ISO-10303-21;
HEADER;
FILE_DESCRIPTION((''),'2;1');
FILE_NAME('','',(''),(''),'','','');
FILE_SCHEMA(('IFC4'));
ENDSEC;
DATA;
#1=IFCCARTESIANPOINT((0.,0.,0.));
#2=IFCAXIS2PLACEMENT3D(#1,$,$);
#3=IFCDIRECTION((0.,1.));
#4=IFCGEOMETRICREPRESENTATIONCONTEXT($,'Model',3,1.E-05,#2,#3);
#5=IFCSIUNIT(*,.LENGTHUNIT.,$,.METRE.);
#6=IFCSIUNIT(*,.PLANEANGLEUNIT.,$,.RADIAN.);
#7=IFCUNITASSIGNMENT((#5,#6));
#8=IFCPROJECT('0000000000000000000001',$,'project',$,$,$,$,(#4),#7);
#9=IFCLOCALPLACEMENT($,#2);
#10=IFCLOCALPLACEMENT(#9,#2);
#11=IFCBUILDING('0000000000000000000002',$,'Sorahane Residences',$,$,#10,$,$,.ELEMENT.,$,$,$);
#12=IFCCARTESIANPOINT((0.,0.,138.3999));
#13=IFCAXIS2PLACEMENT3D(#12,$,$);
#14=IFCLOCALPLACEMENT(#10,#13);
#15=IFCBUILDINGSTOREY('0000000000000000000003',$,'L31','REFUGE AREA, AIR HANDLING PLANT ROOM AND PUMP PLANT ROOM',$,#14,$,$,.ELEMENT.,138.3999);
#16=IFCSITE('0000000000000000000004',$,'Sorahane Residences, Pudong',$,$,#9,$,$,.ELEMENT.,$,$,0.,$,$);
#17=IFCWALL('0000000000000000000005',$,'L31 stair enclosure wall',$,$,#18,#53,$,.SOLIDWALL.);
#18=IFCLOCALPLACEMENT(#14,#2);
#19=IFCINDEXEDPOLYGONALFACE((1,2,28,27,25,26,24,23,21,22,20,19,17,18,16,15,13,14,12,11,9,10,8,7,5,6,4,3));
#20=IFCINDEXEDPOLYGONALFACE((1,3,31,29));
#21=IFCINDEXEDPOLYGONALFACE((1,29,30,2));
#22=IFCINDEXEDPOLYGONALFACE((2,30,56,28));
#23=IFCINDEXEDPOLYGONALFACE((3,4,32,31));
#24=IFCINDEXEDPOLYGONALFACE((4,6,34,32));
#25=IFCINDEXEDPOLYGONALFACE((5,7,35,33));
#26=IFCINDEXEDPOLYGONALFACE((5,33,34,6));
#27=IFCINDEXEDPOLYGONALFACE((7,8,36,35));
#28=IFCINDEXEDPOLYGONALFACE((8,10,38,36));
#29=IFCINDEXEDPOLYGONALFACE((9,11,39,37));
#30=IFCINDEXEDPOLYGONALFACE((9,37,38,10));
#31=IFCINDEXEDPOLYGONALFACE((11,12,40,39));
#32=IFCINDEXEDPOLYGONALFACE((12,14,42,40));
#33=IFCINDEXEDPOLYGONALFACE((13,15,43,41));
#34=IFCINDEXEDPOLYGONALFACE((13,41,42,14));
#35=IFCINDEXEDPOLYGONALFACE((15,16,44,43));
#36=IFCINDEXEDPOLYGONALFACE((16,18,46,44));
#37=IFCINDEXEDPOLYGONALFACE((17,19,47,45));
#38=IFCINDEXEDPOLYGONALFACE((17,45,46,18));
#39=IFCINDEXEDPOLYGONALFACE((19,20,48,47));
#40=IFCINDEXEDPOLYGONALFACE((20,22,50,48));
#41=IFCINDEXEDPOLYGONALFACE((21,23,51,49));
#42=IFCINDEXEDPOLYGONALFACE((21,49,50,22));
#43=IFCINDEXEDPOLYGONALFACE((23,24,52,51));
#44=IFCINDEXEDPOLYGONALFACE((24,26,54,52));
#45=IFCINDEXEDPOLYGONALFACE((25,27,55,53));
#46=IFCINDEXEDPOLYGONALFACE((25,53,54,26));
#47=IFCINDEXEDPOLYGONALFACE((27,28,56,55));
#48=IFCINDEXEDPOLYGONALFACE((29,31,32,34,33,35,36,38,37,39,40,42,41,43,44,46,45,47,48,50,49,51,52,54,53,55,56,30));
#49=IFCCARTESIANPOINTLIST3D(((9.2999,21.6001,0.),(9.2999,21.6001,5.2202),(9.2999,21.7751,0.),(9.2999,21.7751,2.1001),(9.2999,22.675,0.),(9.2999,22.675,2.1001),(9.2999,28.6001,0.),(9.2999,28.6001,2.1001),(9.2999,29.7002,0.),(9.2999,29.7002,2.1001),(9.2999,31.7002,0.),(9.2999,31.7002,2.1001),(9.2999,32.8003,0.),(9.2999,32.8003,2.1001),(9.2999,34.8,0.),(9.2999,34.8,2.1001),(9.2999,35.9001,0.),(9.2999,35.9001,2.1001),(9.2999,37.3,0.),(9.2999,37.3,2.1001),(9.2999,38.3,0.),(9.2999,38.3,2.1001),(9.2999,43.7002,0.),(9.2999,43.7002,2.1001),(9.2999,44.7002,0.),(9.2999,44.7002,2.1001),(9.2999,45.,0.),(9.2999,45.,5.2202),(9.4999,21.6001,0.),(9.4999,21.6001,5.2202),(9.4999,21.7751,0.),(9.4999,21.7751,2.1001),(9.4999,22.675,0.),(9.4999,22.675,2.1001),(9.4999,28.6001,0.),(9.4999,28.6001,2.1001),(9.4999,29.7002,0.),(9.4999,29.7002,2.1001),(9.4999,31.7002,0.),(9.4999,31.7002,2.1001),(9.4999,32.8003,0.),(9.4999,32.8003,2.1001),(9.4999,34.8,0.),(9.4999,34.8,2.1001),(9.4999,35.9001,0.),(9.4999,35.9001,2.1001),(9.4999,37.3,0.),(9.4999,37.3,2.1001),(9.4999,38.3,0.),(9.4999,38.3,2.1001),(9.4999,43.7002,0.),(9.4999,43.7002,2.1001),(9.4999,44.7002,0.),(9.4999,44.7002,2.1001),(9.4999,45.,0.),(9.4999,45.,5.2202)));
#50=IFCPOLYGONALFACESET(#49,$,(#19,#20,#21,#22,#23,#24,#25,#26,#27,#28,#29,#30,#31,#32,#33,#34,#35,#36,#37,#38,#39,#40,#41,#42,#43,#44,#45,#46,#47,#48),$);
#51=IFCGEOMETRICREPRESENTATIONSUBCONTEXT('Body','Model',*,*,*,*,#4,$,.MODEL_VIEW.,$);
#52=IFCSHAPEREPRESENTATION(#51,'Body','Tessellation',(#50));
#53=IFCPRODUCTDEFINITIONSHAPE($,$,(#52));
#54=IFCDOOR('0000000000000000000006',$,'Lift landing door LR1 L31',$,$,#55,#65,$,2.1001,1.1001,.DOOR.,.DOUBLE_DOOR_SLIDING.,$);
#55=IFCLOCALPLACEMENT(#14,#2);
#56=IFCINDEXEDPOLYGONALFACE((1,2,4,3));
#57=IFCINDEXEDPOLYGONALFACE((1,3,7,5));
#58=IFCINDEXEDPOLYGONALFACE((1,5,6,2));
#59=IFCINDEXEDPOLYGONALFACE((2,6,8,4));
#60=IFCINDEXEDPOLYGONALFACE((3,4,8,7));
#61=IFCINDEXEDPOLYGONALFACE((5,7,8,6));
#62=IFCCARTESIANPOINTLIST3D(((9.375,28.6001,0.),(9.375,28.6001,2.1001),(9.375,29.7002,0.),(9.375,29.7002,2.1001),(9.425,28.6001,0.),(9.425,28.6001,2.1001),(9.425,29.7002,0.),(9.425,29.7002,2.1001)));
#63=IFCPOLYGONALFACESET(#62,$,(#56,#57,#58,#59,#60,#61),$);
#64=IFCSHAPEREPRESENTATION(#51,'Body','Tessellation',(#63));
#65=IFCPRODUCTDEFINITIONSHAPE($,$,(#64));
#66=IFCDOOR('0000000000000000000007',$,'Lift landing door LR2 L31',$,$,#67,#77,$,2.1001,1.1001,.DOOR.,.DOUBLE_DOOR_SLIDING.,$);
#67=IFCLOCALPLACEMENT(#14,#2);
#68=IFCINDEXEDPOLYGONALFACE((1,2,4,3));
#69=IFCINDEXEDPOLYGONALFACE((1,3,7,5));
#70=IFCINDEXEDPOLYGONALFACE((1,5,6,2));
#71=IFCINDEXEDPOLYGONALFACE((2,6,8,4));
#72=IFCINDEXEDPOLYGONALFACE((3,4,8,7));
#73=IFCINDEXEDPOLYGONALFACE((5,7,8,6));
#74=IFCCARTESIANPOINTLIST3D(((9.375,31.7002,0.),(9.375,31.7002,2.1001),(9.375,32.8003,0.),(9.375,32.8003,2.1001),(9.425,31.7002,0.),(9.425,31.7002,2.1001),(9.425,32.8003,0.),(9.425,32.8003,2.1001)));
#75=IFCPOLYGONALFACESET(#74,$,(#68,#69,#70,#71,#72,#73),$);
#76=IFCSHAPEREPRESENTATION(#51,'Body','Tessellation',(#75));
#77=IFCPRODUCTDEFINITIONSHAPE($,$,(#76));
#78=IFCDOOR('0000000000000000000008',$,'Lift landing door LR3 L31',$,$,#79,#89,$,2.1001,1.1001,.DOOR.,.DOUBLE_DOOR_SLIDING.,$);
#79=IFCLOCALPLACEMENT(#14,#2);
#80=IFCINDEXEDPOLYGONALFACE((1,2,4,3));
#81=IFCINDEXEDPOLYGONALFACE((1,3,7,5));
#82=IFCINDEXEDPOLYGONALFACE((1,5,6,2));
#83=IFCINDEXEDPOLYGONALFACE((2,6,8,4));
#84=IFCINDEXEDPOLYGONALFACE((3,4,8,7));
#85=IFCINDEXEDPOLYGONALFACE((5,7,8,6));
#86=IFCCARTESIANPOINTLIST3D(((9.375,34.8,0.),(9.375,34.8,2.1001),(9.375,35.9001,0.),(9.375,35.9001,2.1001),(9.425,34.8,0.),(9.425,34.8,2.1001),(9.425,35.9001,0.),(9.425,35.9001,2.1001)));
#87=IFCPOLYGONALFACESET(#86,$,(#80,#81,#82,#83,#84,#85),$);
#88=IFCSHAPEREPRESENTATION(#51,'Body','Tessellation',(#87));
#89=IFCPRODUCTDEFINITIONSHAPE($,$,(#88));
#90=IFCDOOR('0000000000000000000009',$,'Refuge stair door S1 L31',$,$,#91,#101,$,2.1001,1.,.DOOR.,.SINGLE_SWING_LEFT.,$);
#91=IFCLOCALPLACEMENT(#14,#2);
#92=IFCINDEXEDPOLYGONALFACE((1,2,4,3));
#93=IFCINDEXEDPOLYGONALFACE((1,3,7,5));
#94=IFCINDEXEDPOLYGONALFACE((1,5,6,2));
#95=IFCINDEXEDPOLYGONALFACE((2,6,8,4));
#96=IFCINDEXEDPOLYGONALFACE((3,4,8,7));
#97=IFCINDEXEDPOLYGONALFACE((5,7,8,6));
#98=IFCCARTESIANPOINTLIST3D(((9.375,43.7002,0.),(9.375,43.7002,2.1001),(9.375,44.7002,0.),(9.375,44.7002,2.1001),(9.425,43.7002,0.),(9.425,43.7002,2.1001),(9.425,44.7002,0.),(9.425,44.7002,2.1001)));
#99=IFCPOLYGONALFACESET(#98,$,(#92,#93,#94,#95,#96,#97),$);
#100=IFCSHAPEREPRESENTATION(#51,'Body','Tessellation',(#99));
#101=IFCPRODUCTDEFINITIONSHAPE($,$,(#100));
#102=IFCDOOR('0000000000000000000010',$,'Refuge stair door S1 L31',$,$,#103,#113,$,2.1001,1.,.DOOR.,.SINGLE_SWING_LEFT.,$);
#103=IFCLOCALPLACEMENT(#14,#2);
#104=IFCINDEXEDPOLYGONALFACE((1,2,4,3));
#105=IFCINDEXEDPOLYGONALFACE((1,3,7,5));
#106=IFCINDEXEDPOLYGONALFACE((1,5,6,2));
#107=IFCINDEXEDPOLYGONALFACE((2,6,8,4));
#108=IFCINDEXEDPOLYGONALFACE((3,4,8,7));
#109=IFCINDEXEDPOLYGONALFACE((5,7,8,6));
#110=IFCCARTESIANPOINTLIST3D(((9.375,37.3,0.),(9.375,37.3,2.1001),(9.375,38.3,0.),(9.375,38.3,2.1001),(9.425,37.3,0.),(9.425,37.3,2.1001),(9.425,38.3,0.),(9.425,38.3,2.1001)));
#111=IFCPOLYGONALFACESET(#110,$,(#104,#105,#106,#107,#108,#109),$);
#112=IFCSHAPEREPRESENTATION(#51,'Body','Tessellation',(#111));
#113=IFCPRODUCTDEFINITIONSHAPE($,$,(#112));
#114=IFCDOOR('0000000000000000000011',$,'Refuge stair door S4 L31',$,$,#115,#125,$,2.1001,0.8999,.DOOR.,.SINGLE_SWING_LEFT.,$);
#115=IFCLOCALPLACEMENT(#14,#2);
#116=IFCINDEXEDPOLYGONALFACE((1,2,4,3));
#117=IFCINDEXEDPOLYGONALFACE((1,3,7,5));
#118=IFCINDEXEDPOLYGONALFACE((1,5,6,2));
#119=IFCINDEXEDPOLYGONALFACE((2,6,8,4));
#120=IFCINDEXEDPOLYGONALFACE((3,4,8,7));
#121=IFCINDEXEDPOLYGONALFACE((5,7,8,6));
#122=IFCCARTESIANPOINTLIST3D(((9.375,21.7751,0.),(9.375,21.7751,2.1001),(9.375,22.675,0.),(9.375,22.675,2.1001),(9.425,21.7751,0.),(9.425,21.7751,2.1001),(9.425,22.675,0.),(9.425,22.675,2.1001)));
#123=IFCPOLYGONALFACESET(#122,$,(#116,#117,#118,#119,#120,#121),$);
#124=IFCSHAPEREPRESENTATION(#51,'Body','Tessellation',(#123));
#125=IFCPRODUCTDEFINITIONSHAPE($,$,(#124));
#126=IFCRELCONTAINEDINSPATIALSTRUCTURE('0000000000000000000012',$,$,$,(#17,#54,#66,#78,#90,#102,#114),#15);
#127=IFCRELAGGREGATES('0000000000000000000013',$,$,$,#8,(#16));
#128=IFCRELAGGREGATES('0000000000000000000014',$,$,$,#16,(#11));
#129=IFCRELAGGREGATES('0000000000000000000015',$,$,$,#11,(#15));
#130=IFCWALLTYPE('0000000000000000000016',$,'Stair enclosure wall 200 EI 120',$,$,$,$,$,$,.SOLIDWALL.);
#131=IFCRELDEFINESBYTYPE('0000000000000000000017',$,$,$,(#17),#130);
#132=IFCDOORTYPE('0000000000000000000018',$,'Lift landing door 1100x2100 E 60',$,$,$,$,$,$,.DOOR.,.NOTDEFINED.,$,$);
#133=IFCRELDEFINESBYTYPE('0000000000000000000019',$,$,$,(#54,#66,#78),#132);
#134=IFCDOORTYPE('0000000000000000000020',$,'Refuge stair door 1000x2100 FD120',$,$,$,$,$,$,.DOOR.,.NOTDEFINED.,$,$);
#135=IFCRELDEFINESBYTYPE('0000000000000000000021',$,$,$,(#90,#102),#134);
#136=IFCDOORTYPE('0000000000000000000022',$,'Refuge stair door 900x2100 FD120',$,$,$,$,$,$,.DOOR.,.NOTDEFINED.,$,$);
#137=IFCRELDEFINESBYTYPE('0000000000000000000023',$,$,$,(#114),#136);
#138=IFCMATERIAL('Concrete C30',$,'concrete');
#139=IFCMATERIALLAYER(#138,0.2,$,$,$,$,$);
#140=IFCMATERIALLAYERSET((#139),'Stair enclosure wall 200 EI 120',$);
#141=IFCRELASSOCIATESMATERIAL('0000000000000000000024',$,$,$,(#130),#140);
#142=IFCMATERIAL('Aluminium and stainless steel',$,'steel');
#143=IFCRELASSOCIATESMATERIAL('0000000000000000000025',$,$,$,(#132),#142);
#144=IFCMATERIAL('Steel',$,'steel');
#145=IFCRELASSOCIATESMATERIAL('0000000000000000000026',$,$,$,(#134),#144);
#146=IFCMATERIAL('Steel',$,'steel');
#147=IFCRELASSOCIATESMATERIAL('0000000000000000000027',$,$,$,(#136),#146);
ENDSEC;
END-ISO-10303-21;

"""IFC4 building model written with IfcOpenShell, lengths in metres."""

from ifc_helpers import new_model, si_unit, direction, frame, frame_2d, origin, place, context, subcontext, project, spatial, rectangle, extrude, material, layer, layer_set, type_object, element, fill, save


model = new_model("IFC4")

# Units and contexts
model_context = context("Model", 3, precision=1e-05, world=origin(), true_north=direction((0.0, 1.0)))
body_context = subcontext(model_context, "Body", "Model", "MODEL_VIEW")
ifc_project = project(units=[si_unit("LENGTHUNIT", "METRE"), si_unit("PLANEANGLEUNIT", "RADIAN")], contexts=[model_context])

# Site, building, storey
site_placement = place(None, origin())
site = spatial("IfcSite", under=ifc_project, at=site_placement, Name="Sorahane Residences, Pudong", CompositionType="ELEMENT", RefElevation=0.0)
building_placement = place(site_placement, origin())
building = spatial("IfcBuilding", under=site, at=building_placement, Name="Sorahane Residences", CompositionType="ELEMENT")
storey_placement = place(building_placement, frame((0.0, 0.0, 138.3999)))
storey = spatial("IfcBuildingStorey", under=building, at=storey_placement, Name="L31", Description="REFUGE AREA, AIR HANDLING PLANT ROOM AND PUMP PLANT ROOM", CompositionType="ELEMENT", Elevation=138.3999)

# Shared definitions
ifc_material_1 = material(Name="Concrete C30", Category="concrete")
ifc_layer_1 = layer(ifc_material_1, 0.2)
ifc_layer_set_1 = layer_set([ifc_layer_1], Name="Stair enclosure wall 200 EI 120")
wall_type_1 = type_object("IfcWallType", Name="Stair enclosure wall 200 EI 120", PredefinedType="SOLIDWALL", material=ifc_layer_set_1)

# Wall, openings, doors
wall_1_placement = place(storey_placement, frame((9.3999, 21.6001, 0.0), z_axis=(0.0, 0.0, 1.0), x_axis=(0.0, 1.0, 0.0)))
wall_1 = element("IfcWall", 1, at=wall_1_placement, inside=storey, type_object=wall_type_1, Name="L31 stair enclosure wall", PredefinedType="SOLIDWALL", context=body_context, shape_type="SweptSolid", body=[
    extrude(rectangle(XDim=23.3999, YDim=0.2, at=frame_2d((11.7, 0.0))), origin(), (0.0, 0.0, 1.0), 5.2202),
])
opening_1_placement = place(wall_1_placement, frame((7.0, 0.0, 0.0)))
opening_1 = element("IfcOpeningElement", 2, at=opening_1_placement, cuts=wall_1, PredefinedType="OPENING", context=body_context, shape_type="SweptSolid", body=[
    extrude(rectangle(XDim=1.1001, YDim=2.1001, at=frame_2d((0.55, 1.05))), frame((0.0, 0.1099, 0.0), z_axis=(0.0, -1.0, 0.0), x_axis=(1.0, 0.0, 0.0)), (0.0, 0.0, 1.0), 0.22),
])
opening_2_placement = place(wall_1_placement, frame((10.1001, 0.0, 0.0)))
opening_2 = element("IfcOpeningElement", 3, at=opening_2_placement, cuts=wall_1, PredefinedType="OPENING", context=body_context, shape_type="SweptSolid", body=[
    extrude(rectangle(XDim=1.1001, YDim=2.1001, at=frame_2d((0.55, 1.05))), frame((0.0, 0.1099, 0.0), z_axis=(0.0, -1.0, 0.0), x_axis=(1.0, 0.0, 0.0)), (0.0, 0.0, 1.0), 0.22),
])
opening_3_placement = place(wall_1_placement, frame((13.2, 0.0, 0.0)))
opening_3 = element("IfcOpeningElement", 4, at=opening_3_placement, cuts=wall_1, PredefinedType="OPENING", context=body_context, shape_type="SweptSolid", body=[
    extrude(rectangle(XDim=1.1001, YDim=2.1001, at=frame_2d((0.55, 1.05))), frame((0.0, 0.1099, 0.0), z_axis=(0.0, -1.0, 0.0), x_axis=(1.0, 0.0, 0.0)), (0.0, 0.0, 1.0), 0.22),
])
opening_4_placement = place(wall_1_placement, frame((22.1001, 0.0, 0.0)))
opening_4 = element("IfcOpeningElement", 5, at=opening_4_placement, cuts=wall_1, PredefinedType="OPENING", context=body_context, shape_type="SweptSolid", body=[
    extrude(rectangle(XDim=1.0, YDim=2.1001, at=frame_2d((0.5, 1.05))), frame((0.0, 0.1099, 0.0), z_axis=(0.0, -1.0, 0.0), x_axis=(1.0, 0.0, 0.0)), (0.0, 0.0, 1.0), 0.22),
])
opening_5_placement = place(wall_1_placement, frame((15.7, 0.0, 0.0)))
opening_5 = element("IfcOpeningElement", 6, at=opening_5_placement, cuts=wall_1, PredefinedType="OPENING", context=body_context, shape_type="SweptSolid", body=[
    extrude(rectangle(XDim=1.0, YDim=2.1001, at=frame_2d((0.5, 1.05))), frame((0.0, 0.1099, 0.0), z_axis=(0.0, -1.0, 0.0), x_axis=(1.0, 0.0, 0.0)), (0.0, 0.0, 1.0), 0.22),
])
opening_6_placement = place(wall_1_placement, frame((0.175, 0.0, 0.0)))
opening_6 = element("IfcOpeningElement", 7, at=opening_6_placement, cuts=wall_1, PredefinedType="OPENING", context=body_context, shape_type="SweptSolid", body=[
    extrude(rectangle(XDim=0.8999, YDim=2.1001, at=frame_2d((0.45, 1.05))), frame((0.0, 0.1099, 0.0), z_axis=(0.0, -1.0, 0.0), x_axis=(1.0, 0.0, 0.0)), (0.0, 0.0, 1.0), 0.22),
])
ifc_material_2 = material(Name="Aluminium and stainless steel", Category="steel")
door_type_1 = type_object("IfcDoorType", Name="Lift landing door 1100x2100 E 60", OperationType="NOTDEFINED", PredefinedType="DOOR", material=ifc_material_2)
door_1_placement = place(opening_1_placement, origin())
door_1 = element("IfcDoor", 8, at=door_1_placement, inside=storey, type_object=door_type_1, Name="Lift landing door LR1 L31", OperationType="DOUBLE_DOOR_SLIDING", OverallHeight=2.1001, OverallWidth=1.1001, PredefinedType="DOOR", context=body_context, shape_type="SweptSolid", body=[
    extrude(rectangle(XDim=1.1001, YDim=2.1001, at=frame_2d((0.55, 1.05))), frame((0.0, 0.0249, 0.0), z_axis=(0.0, -1.0, 0.0), x_axis=(1.0, 0.0, 0.0)), (0.0, 0.0, 1.0), 0.05),
])
fill(opening_1, door_1)
door_2_placement = place(opening_2_placement, origin())
door_2 = element("IfcDoor", 9, at=door_2_placement, inside=storey, type_object=door_type_1, Name="Lift landing door LR2 L31", OperationType="DOUBLE_DOOR_SLIDING", OverallHeight=2.1001, OverallWidth=1.1001, PredefinedType="DOOR", context=body_context, shape_type="SweptSolid", body=[
    extrude(rectangle(XDim=1.1001, YDim=2.1001, at=frame_2d((0.55, 1.05))), frame((0.0, 0.0249, 0.0), z_axis=(0.0, -1.0, 0.0), x_axis=(1.0, 0.0, 0.0)), (0.0, 0.0, 1.0), 0.05),
])
fill(opening_2, door_2)
door_3_placement = place(opening_3_placement, origin())
door_3 = element("IfcDoor", 10, at=door_3_placement, inside=storey, type_object=door_type_1, Name="Lift landing door LR3 L31", OperationType="DOUBLE_DOOR_SLIDING", OverallHeight=2.1001, OverallWidth=1.1001, PredefinedType="DOOR", context=body_context, shape_type="SweptSolid", body=[
    extrude(rectangle(XDim=1.1001, YDim=2.1001, at=frame_2d((0.55, 1.05))), frame((0.0, 0.0249, 0.0), z_axis=(0.0, -1.0, 0.0), x_axis=(1.0, 0.0, 0.0)), (0.0, 0.0, 1.0), 0.05),
])
fill(opening_3, door_3)
ifc_material_3 = material(Name="Steel", Category="steel")
door_type_2 = type_object("IfcDoorType", Name="Refuge stair door 1000x2100 FD120", OperationType="NOTDEFINED", PredefinedType="DOOR", material=ifc_material_3)
door_4_placement = place(opening_4_placement, origin())
door_4 = element("IfcDoor", 11, at=door_4_placement, inside=storey, type_object=door_type_2, Name="Refuge stair door S1 L31", OperationType="SINGLE_SWING_LEFT", OverallHeight=2.1001, OverallWidth=1.0, PredefinedType="DOOR", context=body_context, shape_type="SweptSolid", body=[
    extrude(rectangle(XDim=1.0, YDim=2.1001, at=frame_2d((0.5, 1.05))), frame((0.0, 0.0249, 0.0), z_axis=(0.0, -1.0, 0.0), x_axis=(1.0, 0.0, 0.0)), (0.0, 0.0, 1.0), 0.05),
])
fill(opening_4, door_4)
door_5_placement = place(opening_5_placement, origin())
door_5 = element("IfcDoor", 12, at=door_5_placement, inside=storey, type_object=door_type_2, Name="Refuge stair door S1 L31", OperationType="SINGLE_SWING_LEFT", OverallHeight=2.1001, OverallWidth=1.0, PredefinedType="DOOR", context=body_context, shape_type="SweptSolid", body=[
    extrude(rectangle(XDim=1.0, YDim=2.1001, at=frame_2d((0.5, 1.05))), frame((0.0, 0.0249, 0.0), z_axis=(0.0, -1.0, 0.0), x_axis=(1.0, 0.0, 0.0)), (0.0, 0.0, 1.0), 0.05),
])
fill(opening_5, door_5)
ifc_material_4 = material(Name="Steel", Category="steel")
door_type_3 = type_object("IfcDoorType", Name="Refuge stair door 900x2100 FD120", OperationType="NOTDEFINED", PredefinedType="DOOR", material=ifc_material_4)
door_6_placement = place(opening_6_placement, origin())
door_6 = element("IfcDoor", 13, at=door_6_placement, inside=storey, type_object=door_type_3, Name="Refuge stair door S4 L31", OperationType="SINGLE_SWING_LEFT", OverallHeight=2.1001, OverallWidth=0.8999, PredefinedType="DOOR", context=body_context, shape_type="SweptSolid", body=[
    extrude(rectangle(XDim=0.8999, YDim=2.1001, at=frame_2d((0.45, 1.05))), frame((0.0, 0.0249, 0.0), z_axis=(0.0, -1.0, 0.0), x_axis=(1.0, 0.0, 0.0)), (0.0, 0.0, 1.0), 0.05),
])
fill(opening_6, door_6)

save(model, "model.ifc")
